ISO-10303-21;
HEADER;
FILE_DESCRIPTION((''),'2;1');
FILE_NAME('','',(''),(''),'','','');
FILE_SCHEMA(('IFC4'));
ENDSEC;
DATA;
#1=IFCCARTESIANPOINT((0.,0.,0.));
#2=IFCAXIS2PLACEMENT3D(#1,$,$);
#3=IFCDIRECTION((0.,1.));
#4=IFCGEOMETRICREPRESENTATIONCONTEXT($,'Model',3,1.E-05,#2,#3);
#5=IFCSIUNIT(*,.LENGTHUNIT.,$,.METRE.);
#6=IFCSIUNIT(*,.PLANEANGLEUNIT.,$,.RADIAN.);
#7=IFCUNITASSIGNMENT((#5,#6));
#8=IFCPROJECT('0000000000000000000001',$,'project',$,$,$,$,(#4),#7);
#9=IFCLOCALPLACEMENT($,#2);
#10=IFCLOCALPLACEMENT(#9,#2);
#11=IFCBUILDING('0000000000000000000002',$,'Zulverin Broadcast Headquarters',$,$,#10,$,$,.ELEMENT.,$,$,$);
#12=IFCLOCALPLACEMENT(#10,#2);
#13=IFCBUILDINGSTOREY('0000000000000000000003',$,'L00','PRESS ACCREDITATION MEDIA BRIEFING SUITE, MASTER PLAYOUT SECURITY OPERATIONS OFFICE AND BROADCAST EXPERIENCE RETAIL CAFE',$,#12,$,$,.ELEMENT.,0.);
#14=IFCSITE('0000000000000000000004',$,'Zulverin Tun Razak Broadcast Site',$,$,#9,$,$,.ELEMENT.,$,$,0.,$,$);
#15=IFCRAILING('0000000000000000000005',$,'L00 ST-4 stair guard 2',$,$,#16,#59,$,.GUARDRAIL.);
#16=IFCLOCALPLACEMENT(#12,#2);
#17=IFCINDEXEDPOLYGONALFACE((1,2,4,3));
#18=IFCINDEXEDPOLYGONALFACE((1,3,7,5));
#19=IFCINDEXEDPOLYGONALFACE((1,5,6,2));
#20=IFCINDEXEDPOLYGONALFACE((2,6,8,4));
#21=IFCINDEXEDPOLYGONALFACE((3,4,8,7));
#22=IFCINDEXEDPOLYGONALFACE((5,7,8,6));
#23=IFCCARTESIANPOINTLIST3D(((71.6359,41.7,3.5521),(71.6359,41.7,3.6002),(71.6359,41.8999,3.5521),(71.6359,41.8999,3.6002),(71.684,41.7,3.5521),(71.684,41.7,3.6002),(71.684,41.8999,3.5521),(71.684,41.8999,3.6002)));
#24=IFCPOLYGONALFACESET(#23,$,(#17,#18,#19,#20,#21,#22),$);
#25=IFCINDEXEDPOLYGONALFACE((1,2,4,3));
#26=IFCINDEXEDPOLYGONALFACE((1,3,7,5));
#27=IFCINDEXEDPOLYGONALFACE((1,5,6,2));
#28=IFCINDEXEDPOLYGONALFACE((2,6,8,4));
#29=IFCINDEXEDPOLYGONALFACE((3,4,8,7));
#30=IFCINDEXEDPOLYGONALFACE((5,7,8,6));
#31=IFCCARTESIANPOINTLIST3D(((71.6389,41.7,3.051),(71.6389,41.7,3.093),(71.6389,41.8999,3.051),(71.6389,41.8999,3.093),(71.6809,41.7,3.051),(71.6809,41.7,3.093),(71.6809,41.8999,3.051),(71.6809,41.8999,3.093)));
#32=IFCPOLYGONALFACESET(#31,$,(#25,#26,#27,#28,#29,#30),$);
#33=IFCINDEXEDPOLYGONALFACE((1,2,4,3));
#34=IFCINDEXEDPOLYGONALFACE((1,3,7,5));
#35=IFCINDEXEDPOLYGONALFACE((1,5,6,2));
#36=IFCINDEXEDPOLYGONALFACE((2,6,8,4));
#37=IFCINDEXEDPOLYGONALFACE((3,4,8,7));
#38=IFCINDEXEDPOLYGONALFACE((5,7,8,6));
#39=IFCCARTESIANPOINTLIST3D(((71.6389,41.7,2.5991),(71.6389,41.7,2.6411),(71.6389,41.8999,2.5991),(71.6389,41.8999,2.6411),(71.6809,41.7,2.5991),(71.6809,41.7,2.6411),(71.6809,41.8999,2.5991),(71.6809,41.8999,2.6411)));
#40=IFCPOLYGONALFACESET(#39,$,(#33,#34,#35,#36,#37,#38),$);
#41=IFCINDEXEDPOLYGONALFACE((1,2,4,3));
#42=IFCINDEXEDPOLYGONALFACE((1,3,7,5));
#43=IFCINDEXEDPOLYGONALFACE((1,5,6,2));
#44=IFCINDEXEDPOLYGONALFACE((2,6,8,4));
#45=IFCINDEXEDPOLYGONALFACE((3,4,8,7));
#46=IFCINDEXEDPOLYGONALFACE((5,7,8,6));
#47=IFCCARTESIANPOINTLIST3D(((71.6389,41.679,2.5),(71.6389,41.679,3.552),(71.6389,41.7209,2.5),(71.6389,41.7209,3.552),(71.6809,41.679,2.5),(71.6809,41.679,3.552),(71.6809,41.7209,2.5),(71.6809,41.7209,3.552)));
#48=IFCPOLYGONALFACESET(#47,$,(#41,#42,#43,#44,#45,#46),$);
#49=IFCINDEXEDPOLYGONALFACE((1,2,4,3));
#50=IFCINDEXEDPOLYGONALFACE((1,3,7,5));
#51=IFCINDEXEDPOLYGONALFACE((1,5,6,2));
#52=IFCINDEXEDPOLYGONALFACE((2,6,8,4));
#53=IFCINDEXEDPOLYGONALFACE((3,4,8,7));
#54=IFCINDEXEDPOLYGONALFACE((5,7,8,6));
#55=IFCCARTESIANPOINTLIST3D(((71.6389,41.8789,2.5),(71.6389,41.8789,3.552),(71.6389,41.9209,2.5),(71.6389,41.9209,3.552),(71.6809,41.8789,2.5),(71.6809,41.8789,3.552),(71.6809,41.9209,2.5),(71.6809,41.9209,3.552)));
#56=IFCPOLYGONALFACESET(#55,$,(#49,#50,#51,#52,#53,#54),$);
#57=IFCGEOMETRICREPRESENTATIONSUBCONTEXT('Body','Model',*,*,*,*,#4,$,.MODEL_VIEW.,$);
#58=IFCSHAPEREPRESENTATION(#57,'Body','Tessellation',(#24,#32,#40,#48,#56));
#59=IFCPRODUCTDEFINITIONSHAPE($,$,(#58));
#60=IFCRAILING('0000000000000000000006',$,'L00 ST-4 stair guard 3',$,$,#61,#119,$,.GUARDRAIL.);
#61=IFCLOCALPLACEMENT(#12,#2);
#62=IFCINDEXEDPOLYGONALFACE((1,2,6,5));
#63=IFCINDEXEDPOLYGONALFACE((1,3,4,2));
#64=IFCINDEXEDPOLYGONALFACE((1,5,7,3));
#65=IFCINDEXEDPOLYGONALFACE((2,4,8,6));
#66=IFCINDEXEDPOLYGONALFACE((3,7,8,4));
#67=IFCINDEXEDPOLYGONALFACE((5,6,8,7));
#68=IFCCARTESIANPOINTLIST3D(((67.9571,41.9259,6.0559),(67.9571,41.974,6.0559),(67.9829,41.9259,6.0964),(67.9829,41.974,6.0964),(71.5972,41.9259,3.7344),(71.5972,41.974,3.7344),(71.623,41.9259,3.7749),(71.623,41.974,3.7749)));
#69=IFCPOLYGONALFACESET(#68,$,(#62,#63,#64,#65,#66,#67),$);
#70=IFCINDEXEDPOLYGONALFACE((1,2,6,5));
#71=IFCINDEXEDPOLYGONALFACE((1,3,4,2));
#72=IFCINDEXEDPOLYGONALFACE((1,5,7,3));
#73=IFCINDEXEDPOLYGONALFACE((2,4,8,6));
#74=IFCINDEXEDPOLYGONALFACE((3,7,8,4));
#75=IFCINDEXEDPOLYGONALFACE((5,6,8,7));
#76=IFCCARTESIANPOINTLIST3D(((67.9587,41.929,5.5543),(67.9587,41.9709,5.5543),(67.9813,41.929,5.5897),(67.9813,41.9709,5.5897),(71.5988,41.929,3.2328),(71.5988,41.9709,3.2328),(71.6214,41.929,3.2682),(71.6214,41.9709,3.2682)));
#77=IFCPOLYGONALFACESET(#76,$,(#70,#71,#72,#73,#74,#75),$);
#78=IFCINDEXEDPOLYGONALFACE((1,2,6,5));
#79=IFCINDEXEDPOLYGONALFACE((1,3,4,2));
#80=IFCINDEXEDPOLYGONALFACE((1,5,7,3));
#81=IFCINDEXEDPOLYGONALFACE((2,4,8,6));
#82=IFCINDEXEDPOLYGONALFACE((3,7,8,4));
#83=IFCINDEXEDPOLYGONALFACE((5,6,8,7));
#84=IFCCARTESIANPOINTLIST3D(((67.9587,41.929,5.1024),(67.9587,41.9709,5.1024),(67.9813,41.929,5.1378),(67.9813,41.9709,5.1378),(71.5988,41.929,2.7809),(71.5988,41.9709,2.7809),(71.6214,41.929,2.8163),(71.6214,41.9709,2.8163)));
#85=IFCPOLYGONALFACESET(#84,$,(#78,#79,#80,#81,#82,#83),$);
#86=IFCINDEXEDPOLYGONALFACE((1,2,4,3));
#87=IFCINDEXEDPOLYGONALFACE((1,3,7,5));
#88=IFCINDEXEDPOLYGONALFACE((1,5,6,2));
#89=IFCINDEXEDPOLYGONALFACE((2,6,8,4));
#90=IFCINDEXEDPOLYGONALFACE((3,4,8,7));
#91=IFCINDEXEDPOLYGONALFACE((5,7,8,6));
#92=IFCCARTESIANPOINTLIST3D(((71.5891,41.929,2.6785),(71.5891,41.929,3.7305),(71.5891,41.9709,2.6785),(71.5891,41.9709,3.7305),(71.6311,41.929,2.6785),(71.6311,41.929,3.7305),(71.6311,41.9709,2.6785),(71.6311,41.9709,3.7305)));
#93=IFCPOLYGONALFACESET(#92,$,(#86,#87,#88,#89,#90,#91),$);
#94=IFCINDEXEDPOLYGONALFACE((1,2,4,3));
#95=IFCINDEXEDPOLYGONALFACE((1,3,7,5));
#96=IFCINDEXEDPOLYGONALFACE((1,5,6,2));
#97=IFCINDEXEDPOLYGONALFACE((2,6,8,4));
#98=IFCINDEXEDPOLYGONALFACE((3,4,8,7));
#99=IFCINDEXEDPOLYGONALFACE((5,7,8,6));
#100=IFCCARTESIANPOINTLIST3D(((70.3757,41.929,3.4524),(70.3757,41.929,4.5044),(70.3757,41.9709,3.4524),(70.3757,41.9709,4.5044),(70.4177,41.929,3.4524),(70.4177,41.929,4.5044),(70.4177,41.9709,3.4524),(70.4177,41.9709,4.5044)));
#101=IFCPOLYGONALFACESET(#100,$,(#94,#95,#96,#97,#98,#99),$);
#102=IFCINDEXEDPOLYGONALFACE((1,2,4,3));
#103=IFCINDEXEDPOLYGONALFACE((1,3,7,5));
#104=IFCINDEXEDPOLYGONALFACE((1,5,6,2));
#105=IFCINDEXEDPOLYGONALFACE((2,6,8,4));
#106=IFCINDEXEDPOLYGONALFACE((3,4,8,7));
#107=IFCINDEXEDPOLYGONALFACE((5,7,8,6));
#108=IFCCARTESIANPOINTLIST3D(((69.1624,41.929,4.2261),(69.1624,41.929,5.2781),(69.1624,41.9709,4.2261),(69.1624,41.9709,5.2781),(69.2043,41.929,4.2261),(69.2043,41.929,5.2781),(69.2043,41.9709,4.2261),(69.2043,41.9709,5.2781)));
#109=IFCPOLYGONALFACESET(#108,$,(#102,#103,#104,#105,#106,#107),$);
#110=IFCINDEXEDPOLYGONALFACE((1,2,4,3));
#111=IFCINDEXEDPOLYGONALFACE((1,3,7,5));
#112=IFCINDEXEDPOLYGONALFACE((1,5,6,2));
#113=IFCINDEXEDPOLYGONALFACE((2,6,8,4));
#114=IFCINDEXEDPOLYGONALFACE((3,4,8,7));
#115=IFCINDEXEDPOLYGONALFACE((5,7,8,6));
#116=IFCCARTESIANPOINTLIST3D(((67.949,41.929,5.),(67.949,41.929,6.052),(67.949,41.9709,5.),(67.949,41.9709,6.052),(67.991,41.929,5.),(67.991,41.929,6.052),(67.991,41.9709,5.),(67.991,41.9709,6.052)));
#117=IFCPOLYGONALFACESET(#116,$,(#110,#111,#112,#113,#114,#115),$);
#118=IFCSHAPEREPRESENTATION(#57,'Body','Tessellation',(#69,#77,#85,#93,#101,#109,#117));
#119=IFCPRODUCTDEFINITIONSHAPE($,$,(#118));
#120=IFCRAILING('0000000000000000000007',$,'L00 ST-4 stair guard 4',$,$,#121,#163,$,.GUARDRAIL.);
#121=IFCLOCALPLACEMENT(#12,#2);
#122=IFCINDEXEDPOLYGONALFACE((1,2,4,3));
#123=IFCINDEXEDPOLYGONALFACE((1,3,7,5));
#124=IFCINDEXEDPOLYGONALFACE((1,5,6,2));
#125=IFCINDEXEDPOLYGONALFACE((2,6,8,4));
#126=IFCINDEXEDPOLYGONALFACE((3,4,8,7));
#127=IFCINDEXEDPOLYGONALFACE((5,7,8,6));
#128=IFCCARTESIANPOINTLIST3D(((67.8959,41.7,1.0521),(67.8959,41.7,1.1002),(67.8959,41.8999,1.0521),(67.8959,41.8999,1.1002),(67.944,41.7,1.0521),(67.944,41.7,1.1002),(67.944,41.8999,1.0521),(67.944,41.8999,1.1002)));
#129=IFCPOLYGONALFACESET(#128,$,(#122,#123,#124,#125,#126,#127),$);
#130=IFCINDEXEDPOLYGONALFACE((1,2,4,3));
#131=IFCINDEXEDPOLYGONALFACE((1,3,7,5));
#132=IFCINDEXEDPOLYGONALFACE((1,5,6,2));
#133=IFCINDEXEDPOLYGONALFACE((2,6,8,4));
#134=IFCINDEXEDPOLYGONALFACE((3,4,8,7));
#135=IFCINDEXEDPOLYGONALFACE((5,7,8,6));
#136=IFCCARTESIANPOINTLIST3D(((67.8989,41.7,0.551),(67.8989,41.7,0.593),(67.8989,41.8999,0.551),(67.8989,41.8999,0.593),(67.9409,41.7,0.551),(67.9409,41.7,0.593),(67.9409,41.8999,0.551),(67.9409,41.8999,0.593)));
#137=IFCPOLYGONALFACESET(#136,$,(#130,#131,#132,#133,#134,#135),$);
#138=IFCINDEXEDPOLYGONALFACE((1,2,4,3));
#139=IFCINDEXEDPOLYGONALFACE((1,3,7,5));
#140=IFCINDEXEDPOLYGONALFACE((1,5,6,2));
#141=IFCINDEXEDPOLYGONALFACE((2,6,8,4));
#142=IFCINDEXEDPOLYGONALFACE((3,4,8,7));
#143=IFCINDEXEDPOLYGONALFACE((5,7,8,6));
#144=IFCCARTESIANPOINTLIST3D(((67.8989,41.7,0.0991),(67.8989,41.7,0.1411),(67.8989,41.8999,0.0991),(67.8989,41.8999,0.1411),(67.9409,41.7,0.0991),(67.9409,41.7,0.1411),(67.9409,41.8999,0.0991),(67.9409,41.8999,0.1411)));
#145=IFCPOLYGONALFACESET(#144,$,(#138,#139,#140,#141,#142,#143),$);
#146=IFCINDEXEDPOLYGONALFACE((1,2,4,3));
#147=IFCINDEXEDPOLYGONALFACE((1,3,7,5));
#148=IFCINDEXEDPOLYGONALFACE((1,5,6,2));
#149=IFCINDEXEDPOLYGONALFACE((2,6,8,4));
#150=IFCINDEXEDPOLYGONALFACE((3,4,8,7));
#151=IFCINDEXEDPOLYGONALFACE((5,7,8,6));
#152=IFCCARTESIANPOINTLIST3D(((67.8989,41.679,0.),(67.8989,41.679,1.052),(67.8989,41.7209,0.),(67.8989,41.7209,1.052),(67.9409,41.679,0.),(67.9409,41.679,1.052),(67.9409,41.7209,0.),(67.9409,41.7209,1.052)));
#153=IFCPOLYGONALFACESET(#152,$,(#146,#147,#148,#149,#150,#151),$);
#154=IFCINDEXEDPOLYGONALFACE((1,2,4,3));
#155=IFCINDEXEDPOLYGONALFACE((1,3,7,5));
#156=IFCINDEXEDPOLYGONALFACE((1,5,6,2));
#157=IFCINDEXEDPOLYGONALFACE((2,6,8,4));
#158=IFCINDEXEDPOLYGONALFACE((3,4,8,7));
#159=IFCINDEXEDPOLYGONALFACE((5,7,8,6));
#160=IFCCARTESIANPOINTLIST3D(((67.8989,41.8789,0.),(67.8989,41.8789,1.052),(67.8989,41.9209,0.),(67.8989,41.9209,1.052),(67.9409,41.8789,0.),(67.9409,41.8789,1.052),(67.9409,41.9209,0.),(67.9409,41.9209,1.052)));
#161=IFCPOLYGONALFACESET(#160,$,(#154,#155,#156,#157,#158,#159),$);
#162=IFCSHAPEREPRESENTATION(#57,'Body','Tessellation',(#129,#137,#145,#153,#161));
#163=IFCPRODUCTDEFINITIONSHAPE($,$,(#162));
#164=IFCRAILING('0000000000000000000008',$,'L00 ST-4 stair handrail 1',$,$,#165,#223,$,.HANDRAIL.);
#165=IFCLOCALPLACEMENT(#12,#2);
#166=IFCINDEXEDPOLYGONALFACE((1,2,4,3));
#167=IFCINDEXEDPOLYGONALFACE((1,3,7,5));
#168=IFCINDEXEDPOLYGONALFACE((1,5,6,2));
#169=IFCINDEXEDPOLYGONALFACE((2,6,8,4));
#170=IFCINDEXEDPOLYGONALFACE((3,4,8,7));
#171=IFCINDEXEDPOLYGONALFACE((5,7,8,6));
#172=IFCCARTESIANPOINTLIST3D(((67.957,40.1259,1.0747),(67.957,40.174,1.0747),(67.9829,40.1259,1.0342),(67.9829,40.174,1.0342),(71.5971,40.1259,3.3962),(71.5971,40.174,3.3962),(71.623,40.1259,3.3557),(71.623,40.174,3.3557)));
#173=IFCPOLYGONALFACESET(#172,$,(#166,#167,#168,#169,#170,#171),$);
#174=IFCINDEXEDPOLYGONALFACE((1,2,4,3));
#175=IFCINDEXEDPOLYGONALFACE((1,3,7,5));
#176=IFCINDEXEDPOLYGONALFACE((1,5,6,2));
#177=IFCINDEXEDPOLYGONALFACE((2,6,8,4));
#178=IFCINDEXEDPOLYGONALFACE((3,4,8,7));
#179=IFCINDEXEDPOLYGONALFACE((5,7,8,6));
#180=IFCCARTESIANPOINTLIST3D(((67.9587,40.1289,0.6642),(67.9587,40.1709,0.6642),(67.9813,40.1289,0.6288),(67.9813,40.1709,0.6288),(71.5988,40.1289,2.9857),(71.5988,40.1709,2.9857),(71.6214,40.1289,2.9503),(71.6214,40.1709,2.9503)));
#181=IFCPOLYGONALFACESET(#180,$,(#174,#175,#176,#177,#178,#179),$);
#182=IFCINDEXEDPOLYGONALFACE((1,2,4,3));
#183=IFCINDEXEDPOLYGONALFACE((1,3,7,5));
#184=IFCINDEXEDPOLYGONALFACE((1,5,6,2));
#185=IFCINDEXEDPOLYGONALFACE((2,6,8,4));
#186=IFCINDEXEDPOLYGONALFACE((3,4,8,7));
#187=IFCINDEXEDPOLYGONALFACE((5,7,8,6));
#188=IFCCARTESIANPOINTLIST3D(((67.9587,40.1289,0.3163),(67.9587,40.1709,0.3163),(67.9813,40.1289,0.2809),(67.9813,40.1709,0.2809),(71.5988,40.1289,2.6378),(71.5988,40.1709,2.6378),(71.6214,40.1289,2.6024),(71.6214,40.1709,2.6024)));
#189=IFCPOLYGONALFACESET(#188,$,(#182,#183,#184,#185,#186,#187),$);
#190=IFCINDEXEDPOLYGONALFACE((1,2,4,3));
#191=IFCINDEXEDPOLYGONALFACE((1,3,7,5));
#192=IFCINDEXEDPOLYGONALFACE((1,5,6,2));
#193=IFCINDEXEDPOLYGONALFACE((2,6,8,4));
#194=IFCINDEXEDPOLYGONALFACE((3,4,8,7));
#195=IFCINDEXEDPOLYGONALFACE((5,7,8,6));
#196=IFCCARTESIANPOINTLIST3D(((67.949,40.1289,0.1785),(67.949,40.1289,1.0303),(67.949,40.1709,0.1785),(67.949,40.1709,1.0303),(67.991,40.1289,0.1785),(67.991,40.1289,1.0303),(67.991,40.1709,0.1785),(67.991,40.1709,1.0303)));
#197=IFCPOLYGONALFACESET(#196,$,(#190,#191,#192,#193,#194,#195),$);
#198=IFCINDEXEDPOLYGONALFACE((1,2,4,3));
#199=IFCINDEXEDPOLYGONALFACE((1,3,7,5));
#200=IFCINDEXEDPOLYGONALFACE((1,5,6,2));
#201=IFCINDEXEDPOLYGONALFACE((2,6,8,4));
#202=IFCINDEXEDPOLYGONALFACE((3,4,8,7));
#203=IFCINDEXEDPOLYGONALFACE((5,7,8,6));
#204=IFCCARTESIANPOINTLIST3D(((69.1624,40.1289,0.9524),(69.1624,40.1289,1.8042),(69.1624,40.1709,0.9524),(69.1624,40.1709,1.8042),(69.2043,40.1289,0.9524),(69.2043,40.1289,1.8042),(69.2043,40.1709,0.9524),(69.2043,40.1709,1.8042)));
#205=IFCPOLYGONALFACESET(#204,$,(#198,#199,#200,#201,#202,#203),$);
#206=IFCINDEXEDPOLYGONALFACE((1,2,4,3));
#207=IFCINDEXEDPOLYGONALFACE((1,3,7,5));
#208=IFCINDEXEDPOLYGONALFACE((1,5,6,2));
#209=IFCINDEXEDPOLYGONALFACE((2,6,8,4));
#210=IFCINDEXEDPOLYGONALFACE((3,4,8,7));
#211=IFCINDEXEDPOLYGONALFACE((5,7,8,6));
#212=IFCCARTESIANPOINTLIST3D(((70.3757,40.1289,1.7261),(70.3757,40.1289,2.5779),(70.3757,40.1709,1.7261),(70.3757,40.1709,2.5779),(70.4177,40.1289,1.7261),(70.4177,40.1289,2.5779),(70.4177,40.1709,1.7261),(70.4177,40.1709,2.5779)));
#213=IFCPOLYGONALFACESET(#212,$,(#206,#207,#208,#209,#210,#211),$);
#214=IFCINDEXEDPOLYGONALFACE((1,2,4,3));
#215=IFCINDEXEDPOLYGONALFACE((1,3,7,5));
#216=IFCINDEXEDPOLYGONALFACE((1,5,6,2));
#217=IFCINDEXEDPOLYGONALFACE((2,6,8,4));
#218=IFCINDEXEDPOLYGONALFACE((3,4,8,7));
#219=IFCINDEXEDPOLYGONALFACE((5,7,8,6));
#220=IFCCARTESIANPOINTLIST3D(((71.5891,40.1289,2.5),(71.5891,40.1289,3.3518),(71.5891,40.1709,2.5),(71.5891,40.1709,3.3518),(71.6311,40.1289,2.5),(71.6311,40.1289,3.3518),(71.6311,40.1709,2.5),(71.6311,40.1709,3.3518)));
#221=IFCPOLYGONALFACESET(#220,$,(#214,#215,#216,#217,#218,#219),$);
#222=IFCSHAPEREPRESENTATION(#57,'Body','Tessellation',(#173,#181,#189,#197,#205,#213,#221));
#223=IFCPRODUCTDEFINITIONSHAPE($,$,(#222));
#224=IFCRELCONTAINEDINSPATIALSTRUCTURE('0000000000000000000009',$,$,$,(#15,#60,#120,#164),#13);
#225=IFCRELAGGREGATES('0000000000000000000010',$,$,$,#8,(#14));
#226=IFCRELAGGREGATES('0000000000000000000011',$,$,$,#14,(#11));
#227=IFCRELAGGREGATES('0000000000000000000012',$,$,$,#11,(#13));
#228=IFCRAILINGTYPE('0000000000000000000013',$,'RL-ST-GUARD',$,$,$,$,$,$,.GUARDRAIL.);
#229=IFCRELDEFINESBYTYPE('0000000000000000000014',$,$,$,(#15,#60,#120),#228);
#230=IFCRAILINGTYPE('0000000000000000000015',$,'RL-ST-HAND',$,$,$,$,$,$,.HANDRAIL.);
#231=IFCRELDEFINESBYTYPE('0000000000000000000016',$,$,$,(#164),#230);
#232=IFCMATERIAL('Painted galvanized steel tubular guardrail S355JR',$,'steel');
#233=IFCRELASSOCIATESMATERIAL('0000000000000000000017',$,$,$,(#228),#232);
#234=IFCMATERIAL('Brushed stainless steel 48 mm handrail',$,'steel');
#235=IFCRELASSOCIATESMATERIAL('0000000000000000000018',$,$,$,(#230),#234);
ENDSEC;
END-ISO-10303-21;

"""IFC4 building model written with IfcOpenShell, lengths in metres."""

from ifc_helpers import new_model, si_unit, direction, frame, origin, origin_2d, place, context, subcontext, project, spatial, rectangle, extrude, material, type_object, element, save


model = new_model("IFC4")

# Units and contexts
model_context = context("Model", 3, precision=1e-05, world=origin(), true_north=direction((0.0, 1.0)))
body_context = subcontext(model_context, "Body", "Model", "MODEL_VIEW")
ifc_project = project(units=[si_unit("LENGTHUNIT", "METRE"), si_unit("PLANEANGLEUNIT", "RADIAN")], contexts=[model_context])

# Site, building, storey
site_placement = place(None, origin())
site = spatial("IfcSite", under=ifc_project, at=site_placement, Name="Zulverin Tun Razak Broadcast Site", CompositionType="ELEMENT", RefElevation=0.0)
building_placement = place(site_placement, origin())
building = spatial("IfcBuilding", under=site, at=building_placement, Name="Zulverin Broadcast Headquarters", CompositionType="ELEMENT")
storey_placement = place(building_placement, origin())
storey = spatial("IfcBuildingStorey", under=building, at=storey_placement, Name="L00", Description="PRESS ACCREDITATION MEDIA BRIEFING SUITE, MASTER PLAYOUT SECURITY OPERATIONS OFFICE AND BROADCAST EXPERIENCE RETAIL CAFE", CompositionType="ELEMENT", Elevation=0.0)

# Railings
ifc_material_1 = material(Name="Painted galvanized steel tubular guardrail S355JR", Category="steel")
railing_type_1 = type_object("IfcRailingType", Name="RL-ST-GUARD", PredefinedType="GUARDRAIL", material=ifc_material_1)
railing_1_placement = place(storey_placement, frame((71.6599, 41.7, 2.5)))
element("IfcRailing", 1, at=railing_1_placement, inside=storey, type_object=railing_type_1, Name="L00 ST-4 stair guard 2", PredefinedType="GUARDRAIL", context=body_context, shape_type="SweptSolid", body=[
    extrude(rectangle(XDim=0.0481, YDim=0.0481, at=origin_2d()), frame((0.0, 0.0, 1.0762), z_axis=(0.0, 1.0, 0.0), x_axis=(-1.0, 0.0, 0.0)), (0.0, 0.0, 1.0), 0.2),
    extrude(rectangle(XDim=0.042, YDim=0.042, at=origin_2d()), frame((0.0, 0.0, 0.572), z_axis=(0.0, 1.0, 0.0), x_axis=(-1.0, 0.0, 0.0)), (0.0, 0.0, 1.0), 0.2),
    extrude(rectangle(XDim=0.042, YDim=0.042, at=origin_2d()), frame((0.0, 0.0, 0.1201), z_axis=(0.0, 1.0, 0.0), x_axis=(-1.0, 0.0, 0.0)), (0.0, 0.0, 1.0), 0.2),
    extrude(rectangle(XDim=0.042, YDim=0.042, at=origin_2d()), origin(), (0.0, 0.0, 1.0), 1.052),
    extrude(rectangle(XDim=0.042, YDim=0.042, at=origin_2d()), frame((0.0, 0.2, 0.0)), (0.0, 0.0, 1.0), 1.052),
])
railing_2_placement = place(storey_placement, frame((71.6101, 41.95, 2.6785)))
element("IfcRailing", 2, at=railing_2_placement, inside=storey, type_object=railing_type_1, Name="L00 ST-4 stair guard 3", PredefinedType="GUARDRAIL", context=body_context, shape_type="SweptSolid", body=[
    extrude(rectangle(XDim=0.0481, YDim=0.0481, at=origin_2d()), frame((0.0, 0.0, 1.0762), z_axis=(-0.843128, 0.0, 0.537713), x_axis=(0.0, -1.0, 0.0)), (0.0, 0.0, 1.0), 4.3174),
    extrude(rectangle(XDim=0.042, YDim=0.042, at=origin_2d()), frame((0.0, 0.0, 0.572), z_axis=(-0.843128, 0.0, 0.537713), x_axis=(0.0, -1.0, 0.0)), (0.0, 0.0, 1.0), 4.3174),
    extrude(rectangle(XDim=0.042, YDim=0.042, at=origin_2d()), frame((0.0, 0.0, 0.1201), z_axis=(-0.843128, 0.0, 0.537713), x_axis=(0.0, -1.0, 0.0)), (0.0, 0.0, 1.0), 4.3174),
    extrude(rectangle(XDim=0.042, YDim=0.042, at=origin_2d()), origin(), (0.0, 0.0, 1.0), 1.052),
    extrude(rectangle(XDim=0.042, YDim=0.042, at=origin_2d()), frame((-1.2134, 0.0, 0.7739)), (0.0, 0.0, 1.0), 1.052),
    extrude(rectangle(XDim=0.042, YDim=0.042, at=origin_2d()), frame((-2.4268, 0.0, 1.5476)), (0.0, 0.0, 1.0), 1.052),
    extrude(rectangle(XDim=0.042, YDim=0.042, at=origin_2d()), frame((-3.6401, 0.0, 2.3215)), (0.0, 0.0, 1.0), 1.052),
])
railing_3_placement = place(storey_placement, frame((67.9199, 41.7, 0.0)))
element("IfcRailing", 3, at=railing_3_placement, inside=storey, type_object=railing_type_1, Name="L00 ST-4 stair guard 4", PredefinedType="GUARDRAIL", context=body_context, shape_type="SweptSolid", body=[
    extrude(rectangle(XDim=0.0481, YDim=0.0481, at=origin_2d()), frame((0.0, 0.0, 1.0762), z_axis=(0.0, 1.0, 0.0), x_axis=(-1.0, 0.0, 0.0)), (0.0, 0.0, 1.0), 0.2),
    extrude(rectangle(XDim=0.042, YDim=0.042, at=origin_2d()), frame((0.0, 0.0, 0.572), z_axis=(0.0, 1.0, 0.0), x_axis=(-1.0, 0.0, 0.0)), (0.0, 0.0, 1.0), 0.2),
    extrude(rectangle(XDim=0.042, YDim=0.042, at=origin_2d()), frame((0.0, 0.0, 0.1201), z_axis=(0.0, 1.0, 0.0), x_axis=(-1.0, 0.0, 0.0)), (0.0, 0.0, 1.0), 0.2),
    extrude(rectangle(XDim=0.042, YDim=0.042, at=origin_2d()), origin(), (0.0, 0.0, 1.0), 1.052),
    extrude(rectangle(XDim=0.042, YDim=0.042, at=origin_2d()), frame((0.0, 0.2, 0.0)), (0.0, 0.0, 1.0), 1.052),
])
ifc_material_2 = material(Name="Brushed stainless steel 48 mm handrail", Category="steel")
railing_type_2 = type_object("IfcRailingType", Name="RL-ST-HAND", PredefinedType="HANDRAIL", material=ifc_material_2)
railing_4_placement = place(storey_placement, frame((67.97, 40.1499, 0.1785)))
element("IfcRailing", 4, at=railing_4_placement, inside=storey, type_object=railing_type_2, Name="L00 ST-4 stair handrail 1", PredefinedType="HANDRAIL", context=body_context, shape_type="SweptSolid", body=[
    extrude(rectangle(XDim=0.0481, YDim=0.0481, at=origin_2d()), frame((0.0, 0.0, 0.876), z_axis=(0.843128, 0.0, 0.537713), x_axis=(0.0, 1.0, 0.0)), (0.0, 0.0, 1.0), 4.3174),
    extrude(rectangle(XDim=0.042, YDim=0.042, at=origin_2d()), frame((0.0, 0.0, 0.468), z_axis=(0.843128, 0.0, 0.537713), x_axis=(0.0, 1.0, 0.0)), (0.0, 0.0, 1.0), 4.3174),
    extrude(rectangle(XDim=0.042, YDim=0.042, at=origin_2d()), frame((0.0, 0.0, 0.1201), z_axis=(0.843128, 0.0, 0.537713), x_axis=(0.0, 1.0, 0.0)), (0.0, 0.0, 1.0), 4.3174),
    extrude(rectangle(XDim=0.042, YDim=0.042, at=origin_2d()), origin(), (0.0, 0.0, 1.0), 0.8518),
    extrude(rectangle(XDim=0.042, YDim=0.042, at=origin_2d()), frame((1.2134, 0.0, 0.7739)), (0.0, 0.0, 1.0), 0.8518),
    extrude(rectangle(XDim=0.042, YDim=0.042, at=origin_2d()), frame((2.4268, 0.0, 1.5476)), (0.0, 0.0, 1.0), 0.8518),
    extrude(rectangle(XDim=0.042, YDim=0.042, at=origin_2d()), frame((3.6401, 0.0, 2.3215)), (0.0, 0.0, 1.0), 0.8518),
])

save(model, "model.ifc")
